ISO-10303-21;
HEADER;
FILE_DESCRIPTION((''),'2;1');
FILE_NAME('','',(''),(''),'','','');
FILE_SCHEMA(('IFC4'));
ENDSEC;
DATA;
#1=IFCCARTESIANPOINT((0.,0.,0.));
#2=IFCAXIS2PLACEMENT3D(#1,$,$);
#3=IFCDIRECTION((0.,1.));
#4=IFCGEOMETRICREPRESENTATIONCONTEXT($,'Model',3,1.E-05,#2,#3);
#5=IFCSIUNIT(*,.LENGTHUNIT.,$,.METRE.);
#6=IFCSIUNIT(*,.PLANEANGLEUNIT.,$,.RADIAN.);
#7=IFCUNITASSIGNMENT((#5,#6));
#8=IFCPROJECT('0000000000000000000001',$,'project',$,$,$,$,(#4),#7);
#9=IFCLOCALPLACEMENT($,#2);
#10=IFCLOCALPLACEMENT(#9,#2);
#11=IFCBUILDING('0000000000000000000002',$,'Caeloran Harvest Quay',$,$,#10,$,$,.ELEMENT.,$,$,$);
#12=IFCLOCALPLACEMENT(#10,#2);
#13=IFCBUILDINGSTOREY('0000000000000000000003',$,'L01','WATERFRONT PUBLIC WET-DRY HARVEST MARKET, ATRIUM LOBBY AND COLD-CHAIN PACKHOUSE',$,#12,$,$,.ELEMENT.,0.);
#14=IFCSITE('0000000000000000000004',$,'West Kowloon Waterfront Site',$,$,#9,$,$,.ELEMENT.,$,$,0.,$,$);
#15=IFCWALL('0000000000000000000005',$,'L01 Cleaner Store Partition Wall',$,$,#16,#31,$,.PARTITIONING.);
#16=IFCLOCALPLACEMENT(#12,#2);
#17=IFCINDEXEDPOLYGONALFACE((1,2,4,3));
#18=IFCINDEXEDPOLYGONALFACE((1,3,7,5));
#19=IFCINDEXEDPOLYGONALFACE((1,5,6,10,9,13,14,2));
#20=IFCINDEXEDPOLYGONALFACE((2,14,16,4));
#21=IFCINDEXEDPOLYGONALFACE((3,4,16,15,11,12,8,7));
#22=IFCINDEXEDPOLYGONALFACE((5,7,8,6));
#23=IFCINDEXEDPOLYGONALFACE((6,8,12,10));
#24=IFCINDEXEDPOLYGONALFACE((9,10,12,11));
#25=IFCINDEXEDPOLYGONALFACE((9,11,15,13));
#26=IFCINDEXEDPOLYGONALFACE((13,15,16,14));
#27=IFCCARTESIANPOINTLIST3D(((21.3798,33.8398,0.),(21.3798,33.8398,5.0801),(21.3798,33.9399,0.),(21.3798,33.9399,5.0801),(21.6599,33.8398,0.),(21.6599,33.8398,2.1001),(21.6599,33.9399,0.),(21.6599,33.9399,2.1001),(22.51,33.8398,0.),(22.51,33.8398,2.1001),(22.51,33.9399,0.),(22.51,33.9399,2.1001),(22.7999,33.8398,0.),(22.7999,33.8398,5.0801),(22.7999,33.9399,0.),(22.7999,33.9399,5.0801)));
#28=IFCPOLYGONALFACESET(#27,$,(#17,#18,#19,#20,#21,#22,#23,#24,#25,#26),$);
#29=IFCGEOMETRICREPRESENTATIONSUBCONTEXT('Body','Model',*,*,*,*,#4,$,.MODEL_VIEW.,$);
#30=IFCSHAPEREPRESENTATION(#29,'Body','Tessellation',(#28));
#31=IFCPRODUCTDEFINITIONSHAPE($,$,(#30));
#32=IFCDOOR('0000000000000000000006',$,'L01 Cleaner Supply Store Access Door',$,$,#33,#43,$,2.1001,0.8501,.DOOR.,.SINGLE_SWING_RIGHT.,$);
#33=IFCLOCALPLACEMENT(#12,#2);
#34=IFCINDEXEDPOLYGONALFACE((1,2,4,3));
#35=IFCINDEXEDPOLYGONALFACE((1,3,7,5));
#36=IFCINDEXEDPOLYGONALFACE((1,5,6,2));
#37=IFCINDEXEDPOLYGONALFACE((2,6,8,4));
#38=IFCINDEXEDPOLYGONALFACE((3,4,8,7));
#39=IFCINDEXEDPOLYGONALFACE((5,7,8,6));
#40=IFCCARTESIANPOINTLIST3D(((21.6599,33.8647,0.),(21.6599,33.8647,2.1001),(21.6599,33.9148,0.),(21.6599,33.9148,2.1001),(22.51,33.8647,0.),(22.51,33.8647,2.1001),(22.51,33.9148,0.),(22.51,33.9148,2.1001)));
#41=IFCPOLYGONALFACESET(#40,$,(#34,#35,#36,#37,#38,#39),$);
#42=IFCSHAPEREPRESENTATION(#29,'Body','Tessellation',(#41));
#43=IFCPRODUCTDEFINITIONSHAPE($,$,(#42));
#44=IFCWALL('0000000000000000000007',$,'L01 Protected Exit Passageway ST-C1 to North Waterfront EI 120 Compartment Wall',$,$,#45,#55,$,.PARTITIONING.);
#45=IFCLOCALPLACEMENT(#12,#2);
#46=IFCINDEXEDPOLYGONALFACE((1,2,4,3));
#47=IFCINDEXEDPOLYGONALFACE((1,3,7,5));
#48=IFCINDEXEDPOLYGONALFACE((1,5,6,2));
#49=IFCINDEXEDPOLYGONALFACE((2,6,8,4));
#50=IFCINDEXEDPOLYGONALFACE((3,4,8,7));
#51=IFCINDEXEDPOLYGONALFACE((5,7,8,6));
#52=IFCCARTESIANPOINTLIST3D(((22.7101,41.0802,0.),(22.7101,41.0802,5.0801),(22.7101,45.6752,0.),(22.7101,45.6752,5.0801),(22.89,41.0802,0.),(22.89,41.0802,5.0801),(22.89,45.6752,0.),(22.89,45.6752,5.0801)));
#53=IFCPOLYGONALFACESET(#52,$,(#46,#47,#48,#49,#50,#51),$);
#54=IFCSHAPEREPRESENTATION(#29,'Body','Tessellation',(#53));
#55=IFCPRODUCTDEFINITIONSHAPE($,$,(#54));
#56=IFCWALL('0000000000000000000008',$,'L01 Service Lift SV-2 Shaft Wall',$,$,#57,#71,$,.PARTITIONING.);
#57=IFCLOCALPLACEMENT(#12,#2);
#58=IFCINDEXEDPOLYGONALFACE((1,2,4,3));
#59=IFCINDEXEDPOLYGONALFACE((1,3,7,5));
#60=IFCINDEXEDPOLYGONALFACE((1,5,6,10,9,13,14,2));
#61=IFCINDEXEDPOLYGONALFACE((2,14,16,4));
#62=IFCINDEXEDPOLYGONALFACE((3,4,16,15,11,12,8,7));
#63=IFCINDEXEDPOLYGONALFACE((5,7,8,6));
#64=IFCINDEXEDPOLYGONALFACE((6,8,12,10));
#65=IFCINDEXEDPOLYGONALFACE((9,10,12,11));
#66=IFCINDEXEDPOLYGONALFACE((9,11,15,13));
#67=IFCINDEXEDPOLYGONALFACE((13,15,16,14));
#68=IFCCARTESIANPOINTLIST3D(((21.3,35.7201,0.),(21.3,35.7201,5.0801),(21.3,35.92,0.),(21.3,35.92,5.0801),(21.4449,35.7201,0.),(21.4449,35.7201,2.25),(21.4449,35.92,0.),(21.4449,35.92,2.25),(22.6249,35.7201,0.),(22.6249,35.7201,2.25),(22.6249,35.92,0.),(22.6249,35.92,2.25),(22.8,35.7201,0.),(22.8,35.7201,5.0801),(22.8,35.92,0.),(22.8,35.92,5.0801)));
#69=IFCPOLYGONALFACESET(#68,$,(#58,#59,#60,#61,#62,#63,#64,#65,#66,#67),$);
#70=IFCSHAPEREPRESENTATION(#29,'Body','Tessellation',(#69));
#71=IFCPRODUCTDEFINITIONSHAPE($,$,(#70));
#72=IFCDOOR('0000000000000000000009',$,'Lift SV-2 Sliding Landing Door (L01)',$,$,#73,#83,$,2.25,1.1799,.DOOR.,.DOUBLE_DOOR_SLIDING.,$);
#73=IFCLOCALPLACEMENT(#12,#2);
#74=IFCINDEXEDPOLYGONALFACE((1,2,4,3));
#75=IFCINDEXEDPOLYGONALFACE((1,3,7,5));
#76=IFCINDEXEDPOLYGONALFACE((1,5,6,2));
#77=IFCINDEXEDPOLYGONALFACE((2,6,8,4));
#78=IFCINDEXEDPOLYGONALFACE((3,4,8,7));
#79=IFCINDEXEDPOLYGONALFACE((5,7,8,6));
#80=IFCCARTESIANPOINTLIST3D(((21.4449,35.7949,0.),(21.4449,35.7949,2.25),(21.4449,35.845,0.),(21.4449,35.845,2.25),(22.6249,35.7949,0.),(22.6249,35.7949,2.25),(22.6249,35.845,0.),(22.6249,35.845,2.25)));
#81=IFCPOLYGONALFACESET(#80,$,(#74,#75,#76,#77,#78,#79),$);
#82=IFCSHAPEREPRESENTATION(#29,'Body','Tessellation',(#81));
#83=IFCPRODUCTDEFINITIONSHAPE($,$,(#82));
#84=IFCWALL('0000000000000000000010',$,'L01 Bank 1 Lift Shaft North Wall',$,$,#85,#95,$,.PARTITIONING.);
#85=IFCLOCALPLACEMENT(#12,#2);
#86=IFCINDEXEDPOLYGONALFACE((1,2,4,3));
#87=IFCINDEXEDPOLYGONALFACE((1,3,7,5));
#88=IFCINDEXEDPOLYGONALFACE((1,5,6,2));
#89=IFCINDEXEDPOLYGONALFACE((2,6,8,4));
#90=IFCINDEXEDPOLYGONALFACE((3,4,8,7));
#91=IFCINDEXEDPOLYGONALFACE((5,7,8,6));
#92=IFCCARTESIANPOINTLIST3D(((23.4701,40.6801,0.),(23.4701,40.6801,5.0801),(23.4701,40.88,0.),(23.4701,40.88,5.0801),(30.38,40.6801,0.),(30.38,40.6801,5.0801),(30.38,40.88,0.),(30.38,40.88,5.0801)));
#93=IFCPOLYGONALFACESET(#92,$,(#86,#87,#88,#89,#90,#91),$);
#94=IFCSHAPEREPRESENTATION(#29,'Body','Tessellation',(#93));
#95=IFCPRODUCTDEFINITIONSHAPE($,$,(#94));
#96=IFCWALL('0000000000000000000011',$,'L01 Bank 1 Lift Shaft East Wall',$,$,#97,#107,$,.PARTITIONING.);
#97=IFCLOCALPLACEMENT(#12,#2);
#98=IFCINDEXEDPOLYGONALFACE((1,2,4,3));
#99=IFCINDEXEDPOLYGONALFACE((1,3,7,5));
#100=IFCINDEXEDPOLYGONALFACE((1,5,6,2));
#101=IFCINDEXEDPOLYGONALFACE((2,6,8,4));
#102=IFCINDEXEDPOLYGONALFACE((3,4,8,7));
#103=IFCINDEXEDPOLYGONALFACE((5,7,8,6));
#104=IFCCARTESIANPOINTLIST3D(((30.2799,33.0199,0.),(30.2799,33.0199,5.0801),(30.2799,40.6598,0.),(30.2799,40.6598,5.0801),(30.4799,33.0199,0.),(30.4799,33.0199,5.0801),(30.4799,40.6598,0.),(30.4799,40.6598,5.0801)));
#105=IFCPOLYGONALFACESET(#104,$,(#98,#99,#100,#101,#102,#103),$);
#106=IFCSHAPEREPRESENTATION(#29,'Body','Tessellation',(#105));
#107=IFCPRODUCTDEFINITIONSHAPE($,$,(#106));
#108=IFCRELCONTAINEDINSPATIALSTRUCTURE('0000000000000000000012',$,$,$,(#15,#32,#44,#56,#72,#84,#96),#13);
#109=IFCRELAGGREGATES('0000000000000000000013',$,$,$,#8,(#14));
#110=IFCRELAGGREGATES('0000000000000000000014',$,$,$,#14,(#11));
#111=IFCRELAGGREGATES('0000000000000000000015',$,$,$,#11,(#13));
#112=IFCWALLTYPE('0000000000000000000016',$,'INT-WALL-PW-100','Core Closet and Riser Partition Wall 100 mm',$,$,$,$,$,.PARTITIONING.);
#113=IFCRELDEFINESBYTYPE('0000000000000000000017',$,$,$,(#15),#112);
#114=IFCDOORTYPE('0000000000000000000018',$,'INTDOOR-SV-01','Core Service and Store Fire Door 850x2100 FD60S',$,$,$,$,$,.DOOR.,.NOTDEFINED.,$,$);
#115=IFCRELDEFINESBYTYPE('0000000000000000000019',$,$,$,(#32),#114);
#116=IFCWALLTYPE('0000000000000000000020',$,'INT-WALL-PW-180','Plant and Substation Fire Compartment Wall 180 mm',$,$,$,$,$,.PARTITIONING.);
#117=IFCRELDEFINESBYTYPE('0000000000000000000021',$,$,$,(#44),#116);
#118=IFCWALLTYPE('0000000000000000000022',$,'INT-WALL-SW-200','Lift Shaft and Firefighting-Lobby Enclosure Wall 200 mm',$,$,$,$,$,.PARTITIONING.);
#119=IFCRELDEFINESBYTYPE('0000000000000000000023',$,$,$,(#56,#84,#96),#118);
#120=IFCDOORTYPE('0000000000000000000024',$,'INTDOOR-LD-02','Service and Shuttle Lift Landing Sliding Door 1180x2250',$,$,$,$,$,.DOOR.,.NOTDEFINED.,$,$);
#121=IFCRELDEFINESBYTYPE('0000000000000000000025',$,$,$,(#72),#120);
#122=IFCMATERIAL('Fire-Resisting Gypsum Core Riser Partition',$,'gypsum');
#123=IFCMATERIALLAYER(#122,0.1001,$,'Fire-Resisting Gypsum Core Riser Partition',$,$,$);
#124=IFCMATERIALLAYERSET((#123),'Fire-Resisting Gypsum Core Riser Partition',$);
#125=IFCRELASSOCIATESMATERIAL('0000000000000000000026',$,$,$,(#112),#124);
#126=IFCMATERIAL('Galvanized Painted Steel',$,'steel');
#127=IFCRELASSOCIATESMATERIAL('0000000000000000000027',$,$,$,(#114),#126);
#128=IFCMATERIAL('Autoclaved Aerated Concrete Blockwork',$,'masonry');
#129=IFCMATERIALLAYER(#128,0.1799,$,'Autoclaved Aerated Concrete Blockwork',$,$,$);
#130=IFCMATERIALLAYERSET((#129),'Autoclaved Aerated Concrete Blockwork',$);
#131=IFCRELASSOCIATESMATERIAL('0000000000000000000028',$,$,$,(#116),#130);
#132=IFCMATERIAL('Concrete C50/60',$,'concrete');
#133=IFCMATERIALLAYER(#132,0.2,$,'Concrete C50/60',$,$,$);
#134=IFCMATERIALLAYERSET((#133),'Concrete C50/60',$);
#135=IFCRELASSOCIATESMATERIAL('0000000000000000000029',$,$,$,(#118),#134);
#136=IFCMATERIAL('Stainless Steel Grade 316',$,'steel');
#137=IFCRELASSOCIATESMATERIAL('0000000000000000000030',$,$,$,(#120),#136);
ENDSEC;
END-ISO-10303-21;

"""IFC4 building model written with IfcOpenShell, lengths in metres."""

from ifc_helpers import new_model, si_unit, direction, frame, frame_2d, origin, place, context, subcontext, project, spatial, rectangle, extrude, material, layer, layer_set, type_object, element, fill, save


model = new_model("IFC4")

# Units and contexts
model_context = context("Model", 3, precision=1e-05, world=origin(), true_north=direction((0.0, 1.0)))
body_context = subcontext(model_context, "Body", "Model", "MODEL_VIEW")
ifc_project = project(units=[si_unit("LENGTHUNIT", "METRE"), si_unit("PLANEANGLEUNIT", "RADIAN")], contexts=[model_context])

# Site, building, storey
site_placement = place(None, origin())
site = spatial("IfcSite", under=ifc_project, at=site_placement, Name="West Kowloon Waterfront Site", CompositionType="ELEMENT", RefElevation=0.0)
building_placement = place(site_placement, origin())
building = spatial("IfcBuilding", under=site, at=building_placement, Name="Caeloran Harvest Quay", CompositionType="ELEMENT")
storey_placement = place(building_placement, origin())
storey = spatial("IfcBuildingStorey", under=building, at=storey_placement, Name="L01", Description="WATERFRONT PUBLIC WET-DRY HARVEST MARKET, ATRIUM LOBBY AND COLD-CHAIN PACKHOUSE", CompositionType="ELEMENT", Elevation=0.0)

# Wall, opening, door
ifc_material_1 = material(Name="Fire-Resisting Gypsum Core Riser Partition", Category="gypsum")
ifc_layer_1 = layer(ifc_material_1, 0.1001, Name="Fire-Resisting Gypsum Core Riser Partition")
ifc_layer_set_1 = layer_set([ifc_layer_1], Name="Fire-Resisting Gypsum Core Riser Partition")
wall_type_1 = type_object("IfcWallType", Name="INT-WALL-PW-100", Description="Core Closet and Riser Partition Wall 100 mm", PredefinedType="PARTITIONING", material=ifc_layer_set_1)
wall_1_placement = place(storey_placement, frame((21.3799, 33.8899, 0.0), z_axis=(0.0, 0.0, 1.0), x_axis=(1.0, 0.0, 0.0)))
wall_1 = element("IfcWall", 1, at=wall_1_placement, inside=storey, type_object=wall_type_1, Name="L01 Cleaner Store Partition Wall", PredefinedType="PARTITIONING", context=body_context, shape_type="SweptSolid", body=[
    extrude(rectangle(XDim=1.4202, YDim=0.1001, at=frame_2d((0.71, 0.0))), origin(), (0.0, 0.0, 1.0), 5.0801),
])
opening_1_placement = place(wall_1_placement, frame((0.28, 0.0, 0.0)))
opening_1 = element("IfcOpeningElement", 2, at=opening_1_placement, cuts=wall_1, PredefinedType="OPENING", context=body_context, shape_type="SweptSolid", body=[
    extrude(rectangle(XDim=0.8501, YDim=2.1001, at=frame_2d((0.425, 1.05))), frame((0.0, 0.0601, 0.0), z_axis=(0.0, -1.0, 0.0), x_axis=(1.0, 0.0, 0.0)), (0.0, 0.0, 1.0), 0.1201),
])
ifc_material_2 = material(Name="Galvanized Painted Steel", Category="steel")
door_type_1 = type_object("IfcDoorType", Name="INTDOOR-SV-01", Description="Core Service and Store Fire Door 850x2100 FD60S", OperationType="NOTDEFINED", PredefinedType="DOOR", material=ifc_material_2)
door_1_placement = place(opening_1_placement, origin())
door_1 = element("IfcDoor", 3, at=door_1_placement, inside=storey, type_object=door_type_1, Name="L01 Cleaner Supply Store Access Door", OperationType="SINGLE_SWING_RIGHT", OverallHeight=2.1001, OverallWidth=0.8501, PredefinedType="DOOR", context=body_context, shape_type="SweptSolid", body=[
    extrude(rectangle(XDim=0.8501, YDim=2.1001, at=frame_2d((0.425, 1.05))), frame((0.0, 0.0249, 0.0), z_axis=(0.0, -1.0, 0.0), x_axis=(1.0, 0.0, 0.0)), (0.0, 0.0, 1.0), 0.05),
])
fill(opening_1, door_1)

# Wall
ifc_material_3 = material(Name="Autoclaved Aerated Concrete Blockwork", Category="masonry")
ifc_layer_2 = layer(ifc_material_3, 0.1799, Name="Autoclaved Aerated Concrete Blockwork")
ifc_layer_set_2 = layer_set([ifc_layer_2], Name="Autoclaved Aerated Concrete Blockwork")
wall_type_2 = type_object("IfcWallType", Name="INT-WALL-PW-180", Description="Plant and Substation Fire Compartment Wall 180 mm", PredefinedType="PARTITIONING", material=ifc_layer_set_2)
wall_2_placement = place(storey_placement, frame((22.8, 45.675, 0.0), z_axis=(0.0, 0.0, 1.0), x_axis=(0.0, -1.0, 0.0)))
element("IfcWall", 4, at=wall_2_placement, inside=storey, type_object=wall_type_2, Name="L01 Protected Exit Passageway ST-C1 to North Waterfront EI 120 Compartment Wall", PredefinedType="PARTITIONING", context=body_context, shape_type="SweptSolid", body=[
    extrude(rectangle(XDim=4.595, YDim=0.1799, at=frame_2d((2.2974, 0.0))), origin(), (0.0, 0.0, 1.0), 5.0801),
])

# Wall, opening, door
ifc_material_4 = material(Name="Concrete C50/60", Category="concrete")
ifc_layer_3 = layer(ifc_material_4, 0.2, Name="Concrete C50/60")
ifc_layer_set_3 = layer_set([ifc_layer_3], Name="Concrete C50/60")
wall_type_3 = type_object("IfcWallType", Name="INT-WALL-SW-200", Description="Lift Shaft and Firefighting-Lobby Enclosure Wall 200 mm", PredefinedType="PARTITIONING", material=ifc_layer_set_3)
wall_3_placement = place(storey_placement, frame((21.3, 35.8201, 0.0), z_axis=(0.0, 0.0, 1.0), x_axis=(1.0, 0.0, 0.0)))
wall_3 = element("IfcWall", 5, at=wall_3_placement, inside=storey, type_object=wall_type_3, Name="L01 Service Lift SV-2 Shaft Wall", PredefinedType="PARTITIONING", context=body_context, shape_type="SweptSolid", body=[
    extrude(rectangle(XDim=1.5, YDim=0.2, at=frame_2d((0.75, 0.0))), origin(), (0.0, 0.0, 1.0), 5.0801),
])
opening_2_placement = place(wall_3_placement, frame((0.145, 0.0, 0.0)))
opening_2 = element("IfcOpeningElement", 6, at=opening_2_placement, cuts=wall_3, PredefinedType="OPENING", context=body_context, shape_type="SweptSolid", body=[
    extrude(rectangle(XDim=1.1799, YDim=2.25, at=frame_2d((0.5898, 1.125))), frame((0.0, 0.1099, 0.0), z_axis=(0.0, -1.0, 0.0), x_axis=(1.0, 0.0, 0.0)), (0.0, 0.0, 1.0), 0.22),
])
ifc_material_5 = material(Name="Stainless Steel Grade 316", Category="steel")
door_type_2 = type_object("IfcDoorType", Name="INTDOOR-LD-02", Description="Service and Shuttle Lift Landing Sliding Door 1180x2250", OperationType="NOTDEFINED", PredefinedType="DOOR", material=ifc_material_5)
door_2_placement = place(opening_2_placement, origin())
door_2 = element("IfcDoor", 7, at=door_2_placement, inside=storey, type_object=door_type_2, Name="Lift SV-2 Sliding Landing Door (L01)", OperationType="DOUBLE_DOOR_SLIDING", OverallHeight=2.25, OverallWidth=1.1799, PredefinedType="DOOR", context=body_context, shape_type="SweptSolid", body=[
    extrude(rectangle(XDim=1.1799, YDim=2.25, at=frame_2d((0.5898, 1.125))), frame((0.0, 0.0249, 0.0), z_axis=(0.0, -1.0, 0.0), x_axis=(1.0, 0.0, 0.0)), (0.0, 0.0, 1.0), 0.05),
])
fill(opening_2, door_2)

# Walls
wall_4_placement = place(storey_placement, frame((23.47, 40.78, 0.0), z_axis=(0.0, 0.0, 1.0), x_axis=(1.0, 0.0, 0.0)))
element("IfcWall", 8, at=wall_4_placement, inside=storey, type_object=wall_type_3, Name="L01 Bank 1 Lift Shaft North Wall", PredefinedType="PARTITIONING", context=body_context, shape_type="SweptSolid", body=[
    extrude(rectangle(XDim=6.9099, YDim=0.2, at=frame_2d((3.4551, 0.0))), origin(), (0.0, 0.0, 1.0), 5.0801),
])
wall_5_placement = place(storey_placement, frame((30.3799, 33.02, 0.0), z_axis=(0.0, 0.0, 1.0), x_axis=(0.0, 1.0, 0.0)))
element("IfcWall", 9, at=wall_5_placement, inside=storey, type_object=wall_type_3, Name="L01 Bank 1 Lift Shaft East Wall", PredefinedType="PARTITIONING", context=body_context, shape_type="SweptSolid", body=[
    extrude(rectangle(XDim=7.6399, YDim=0.2, at=frame_2d((3.8198, 0.0))), origin(), (0.0, 0.0, 1.0), 5.0801),
])

save(model, "model.ifc")
